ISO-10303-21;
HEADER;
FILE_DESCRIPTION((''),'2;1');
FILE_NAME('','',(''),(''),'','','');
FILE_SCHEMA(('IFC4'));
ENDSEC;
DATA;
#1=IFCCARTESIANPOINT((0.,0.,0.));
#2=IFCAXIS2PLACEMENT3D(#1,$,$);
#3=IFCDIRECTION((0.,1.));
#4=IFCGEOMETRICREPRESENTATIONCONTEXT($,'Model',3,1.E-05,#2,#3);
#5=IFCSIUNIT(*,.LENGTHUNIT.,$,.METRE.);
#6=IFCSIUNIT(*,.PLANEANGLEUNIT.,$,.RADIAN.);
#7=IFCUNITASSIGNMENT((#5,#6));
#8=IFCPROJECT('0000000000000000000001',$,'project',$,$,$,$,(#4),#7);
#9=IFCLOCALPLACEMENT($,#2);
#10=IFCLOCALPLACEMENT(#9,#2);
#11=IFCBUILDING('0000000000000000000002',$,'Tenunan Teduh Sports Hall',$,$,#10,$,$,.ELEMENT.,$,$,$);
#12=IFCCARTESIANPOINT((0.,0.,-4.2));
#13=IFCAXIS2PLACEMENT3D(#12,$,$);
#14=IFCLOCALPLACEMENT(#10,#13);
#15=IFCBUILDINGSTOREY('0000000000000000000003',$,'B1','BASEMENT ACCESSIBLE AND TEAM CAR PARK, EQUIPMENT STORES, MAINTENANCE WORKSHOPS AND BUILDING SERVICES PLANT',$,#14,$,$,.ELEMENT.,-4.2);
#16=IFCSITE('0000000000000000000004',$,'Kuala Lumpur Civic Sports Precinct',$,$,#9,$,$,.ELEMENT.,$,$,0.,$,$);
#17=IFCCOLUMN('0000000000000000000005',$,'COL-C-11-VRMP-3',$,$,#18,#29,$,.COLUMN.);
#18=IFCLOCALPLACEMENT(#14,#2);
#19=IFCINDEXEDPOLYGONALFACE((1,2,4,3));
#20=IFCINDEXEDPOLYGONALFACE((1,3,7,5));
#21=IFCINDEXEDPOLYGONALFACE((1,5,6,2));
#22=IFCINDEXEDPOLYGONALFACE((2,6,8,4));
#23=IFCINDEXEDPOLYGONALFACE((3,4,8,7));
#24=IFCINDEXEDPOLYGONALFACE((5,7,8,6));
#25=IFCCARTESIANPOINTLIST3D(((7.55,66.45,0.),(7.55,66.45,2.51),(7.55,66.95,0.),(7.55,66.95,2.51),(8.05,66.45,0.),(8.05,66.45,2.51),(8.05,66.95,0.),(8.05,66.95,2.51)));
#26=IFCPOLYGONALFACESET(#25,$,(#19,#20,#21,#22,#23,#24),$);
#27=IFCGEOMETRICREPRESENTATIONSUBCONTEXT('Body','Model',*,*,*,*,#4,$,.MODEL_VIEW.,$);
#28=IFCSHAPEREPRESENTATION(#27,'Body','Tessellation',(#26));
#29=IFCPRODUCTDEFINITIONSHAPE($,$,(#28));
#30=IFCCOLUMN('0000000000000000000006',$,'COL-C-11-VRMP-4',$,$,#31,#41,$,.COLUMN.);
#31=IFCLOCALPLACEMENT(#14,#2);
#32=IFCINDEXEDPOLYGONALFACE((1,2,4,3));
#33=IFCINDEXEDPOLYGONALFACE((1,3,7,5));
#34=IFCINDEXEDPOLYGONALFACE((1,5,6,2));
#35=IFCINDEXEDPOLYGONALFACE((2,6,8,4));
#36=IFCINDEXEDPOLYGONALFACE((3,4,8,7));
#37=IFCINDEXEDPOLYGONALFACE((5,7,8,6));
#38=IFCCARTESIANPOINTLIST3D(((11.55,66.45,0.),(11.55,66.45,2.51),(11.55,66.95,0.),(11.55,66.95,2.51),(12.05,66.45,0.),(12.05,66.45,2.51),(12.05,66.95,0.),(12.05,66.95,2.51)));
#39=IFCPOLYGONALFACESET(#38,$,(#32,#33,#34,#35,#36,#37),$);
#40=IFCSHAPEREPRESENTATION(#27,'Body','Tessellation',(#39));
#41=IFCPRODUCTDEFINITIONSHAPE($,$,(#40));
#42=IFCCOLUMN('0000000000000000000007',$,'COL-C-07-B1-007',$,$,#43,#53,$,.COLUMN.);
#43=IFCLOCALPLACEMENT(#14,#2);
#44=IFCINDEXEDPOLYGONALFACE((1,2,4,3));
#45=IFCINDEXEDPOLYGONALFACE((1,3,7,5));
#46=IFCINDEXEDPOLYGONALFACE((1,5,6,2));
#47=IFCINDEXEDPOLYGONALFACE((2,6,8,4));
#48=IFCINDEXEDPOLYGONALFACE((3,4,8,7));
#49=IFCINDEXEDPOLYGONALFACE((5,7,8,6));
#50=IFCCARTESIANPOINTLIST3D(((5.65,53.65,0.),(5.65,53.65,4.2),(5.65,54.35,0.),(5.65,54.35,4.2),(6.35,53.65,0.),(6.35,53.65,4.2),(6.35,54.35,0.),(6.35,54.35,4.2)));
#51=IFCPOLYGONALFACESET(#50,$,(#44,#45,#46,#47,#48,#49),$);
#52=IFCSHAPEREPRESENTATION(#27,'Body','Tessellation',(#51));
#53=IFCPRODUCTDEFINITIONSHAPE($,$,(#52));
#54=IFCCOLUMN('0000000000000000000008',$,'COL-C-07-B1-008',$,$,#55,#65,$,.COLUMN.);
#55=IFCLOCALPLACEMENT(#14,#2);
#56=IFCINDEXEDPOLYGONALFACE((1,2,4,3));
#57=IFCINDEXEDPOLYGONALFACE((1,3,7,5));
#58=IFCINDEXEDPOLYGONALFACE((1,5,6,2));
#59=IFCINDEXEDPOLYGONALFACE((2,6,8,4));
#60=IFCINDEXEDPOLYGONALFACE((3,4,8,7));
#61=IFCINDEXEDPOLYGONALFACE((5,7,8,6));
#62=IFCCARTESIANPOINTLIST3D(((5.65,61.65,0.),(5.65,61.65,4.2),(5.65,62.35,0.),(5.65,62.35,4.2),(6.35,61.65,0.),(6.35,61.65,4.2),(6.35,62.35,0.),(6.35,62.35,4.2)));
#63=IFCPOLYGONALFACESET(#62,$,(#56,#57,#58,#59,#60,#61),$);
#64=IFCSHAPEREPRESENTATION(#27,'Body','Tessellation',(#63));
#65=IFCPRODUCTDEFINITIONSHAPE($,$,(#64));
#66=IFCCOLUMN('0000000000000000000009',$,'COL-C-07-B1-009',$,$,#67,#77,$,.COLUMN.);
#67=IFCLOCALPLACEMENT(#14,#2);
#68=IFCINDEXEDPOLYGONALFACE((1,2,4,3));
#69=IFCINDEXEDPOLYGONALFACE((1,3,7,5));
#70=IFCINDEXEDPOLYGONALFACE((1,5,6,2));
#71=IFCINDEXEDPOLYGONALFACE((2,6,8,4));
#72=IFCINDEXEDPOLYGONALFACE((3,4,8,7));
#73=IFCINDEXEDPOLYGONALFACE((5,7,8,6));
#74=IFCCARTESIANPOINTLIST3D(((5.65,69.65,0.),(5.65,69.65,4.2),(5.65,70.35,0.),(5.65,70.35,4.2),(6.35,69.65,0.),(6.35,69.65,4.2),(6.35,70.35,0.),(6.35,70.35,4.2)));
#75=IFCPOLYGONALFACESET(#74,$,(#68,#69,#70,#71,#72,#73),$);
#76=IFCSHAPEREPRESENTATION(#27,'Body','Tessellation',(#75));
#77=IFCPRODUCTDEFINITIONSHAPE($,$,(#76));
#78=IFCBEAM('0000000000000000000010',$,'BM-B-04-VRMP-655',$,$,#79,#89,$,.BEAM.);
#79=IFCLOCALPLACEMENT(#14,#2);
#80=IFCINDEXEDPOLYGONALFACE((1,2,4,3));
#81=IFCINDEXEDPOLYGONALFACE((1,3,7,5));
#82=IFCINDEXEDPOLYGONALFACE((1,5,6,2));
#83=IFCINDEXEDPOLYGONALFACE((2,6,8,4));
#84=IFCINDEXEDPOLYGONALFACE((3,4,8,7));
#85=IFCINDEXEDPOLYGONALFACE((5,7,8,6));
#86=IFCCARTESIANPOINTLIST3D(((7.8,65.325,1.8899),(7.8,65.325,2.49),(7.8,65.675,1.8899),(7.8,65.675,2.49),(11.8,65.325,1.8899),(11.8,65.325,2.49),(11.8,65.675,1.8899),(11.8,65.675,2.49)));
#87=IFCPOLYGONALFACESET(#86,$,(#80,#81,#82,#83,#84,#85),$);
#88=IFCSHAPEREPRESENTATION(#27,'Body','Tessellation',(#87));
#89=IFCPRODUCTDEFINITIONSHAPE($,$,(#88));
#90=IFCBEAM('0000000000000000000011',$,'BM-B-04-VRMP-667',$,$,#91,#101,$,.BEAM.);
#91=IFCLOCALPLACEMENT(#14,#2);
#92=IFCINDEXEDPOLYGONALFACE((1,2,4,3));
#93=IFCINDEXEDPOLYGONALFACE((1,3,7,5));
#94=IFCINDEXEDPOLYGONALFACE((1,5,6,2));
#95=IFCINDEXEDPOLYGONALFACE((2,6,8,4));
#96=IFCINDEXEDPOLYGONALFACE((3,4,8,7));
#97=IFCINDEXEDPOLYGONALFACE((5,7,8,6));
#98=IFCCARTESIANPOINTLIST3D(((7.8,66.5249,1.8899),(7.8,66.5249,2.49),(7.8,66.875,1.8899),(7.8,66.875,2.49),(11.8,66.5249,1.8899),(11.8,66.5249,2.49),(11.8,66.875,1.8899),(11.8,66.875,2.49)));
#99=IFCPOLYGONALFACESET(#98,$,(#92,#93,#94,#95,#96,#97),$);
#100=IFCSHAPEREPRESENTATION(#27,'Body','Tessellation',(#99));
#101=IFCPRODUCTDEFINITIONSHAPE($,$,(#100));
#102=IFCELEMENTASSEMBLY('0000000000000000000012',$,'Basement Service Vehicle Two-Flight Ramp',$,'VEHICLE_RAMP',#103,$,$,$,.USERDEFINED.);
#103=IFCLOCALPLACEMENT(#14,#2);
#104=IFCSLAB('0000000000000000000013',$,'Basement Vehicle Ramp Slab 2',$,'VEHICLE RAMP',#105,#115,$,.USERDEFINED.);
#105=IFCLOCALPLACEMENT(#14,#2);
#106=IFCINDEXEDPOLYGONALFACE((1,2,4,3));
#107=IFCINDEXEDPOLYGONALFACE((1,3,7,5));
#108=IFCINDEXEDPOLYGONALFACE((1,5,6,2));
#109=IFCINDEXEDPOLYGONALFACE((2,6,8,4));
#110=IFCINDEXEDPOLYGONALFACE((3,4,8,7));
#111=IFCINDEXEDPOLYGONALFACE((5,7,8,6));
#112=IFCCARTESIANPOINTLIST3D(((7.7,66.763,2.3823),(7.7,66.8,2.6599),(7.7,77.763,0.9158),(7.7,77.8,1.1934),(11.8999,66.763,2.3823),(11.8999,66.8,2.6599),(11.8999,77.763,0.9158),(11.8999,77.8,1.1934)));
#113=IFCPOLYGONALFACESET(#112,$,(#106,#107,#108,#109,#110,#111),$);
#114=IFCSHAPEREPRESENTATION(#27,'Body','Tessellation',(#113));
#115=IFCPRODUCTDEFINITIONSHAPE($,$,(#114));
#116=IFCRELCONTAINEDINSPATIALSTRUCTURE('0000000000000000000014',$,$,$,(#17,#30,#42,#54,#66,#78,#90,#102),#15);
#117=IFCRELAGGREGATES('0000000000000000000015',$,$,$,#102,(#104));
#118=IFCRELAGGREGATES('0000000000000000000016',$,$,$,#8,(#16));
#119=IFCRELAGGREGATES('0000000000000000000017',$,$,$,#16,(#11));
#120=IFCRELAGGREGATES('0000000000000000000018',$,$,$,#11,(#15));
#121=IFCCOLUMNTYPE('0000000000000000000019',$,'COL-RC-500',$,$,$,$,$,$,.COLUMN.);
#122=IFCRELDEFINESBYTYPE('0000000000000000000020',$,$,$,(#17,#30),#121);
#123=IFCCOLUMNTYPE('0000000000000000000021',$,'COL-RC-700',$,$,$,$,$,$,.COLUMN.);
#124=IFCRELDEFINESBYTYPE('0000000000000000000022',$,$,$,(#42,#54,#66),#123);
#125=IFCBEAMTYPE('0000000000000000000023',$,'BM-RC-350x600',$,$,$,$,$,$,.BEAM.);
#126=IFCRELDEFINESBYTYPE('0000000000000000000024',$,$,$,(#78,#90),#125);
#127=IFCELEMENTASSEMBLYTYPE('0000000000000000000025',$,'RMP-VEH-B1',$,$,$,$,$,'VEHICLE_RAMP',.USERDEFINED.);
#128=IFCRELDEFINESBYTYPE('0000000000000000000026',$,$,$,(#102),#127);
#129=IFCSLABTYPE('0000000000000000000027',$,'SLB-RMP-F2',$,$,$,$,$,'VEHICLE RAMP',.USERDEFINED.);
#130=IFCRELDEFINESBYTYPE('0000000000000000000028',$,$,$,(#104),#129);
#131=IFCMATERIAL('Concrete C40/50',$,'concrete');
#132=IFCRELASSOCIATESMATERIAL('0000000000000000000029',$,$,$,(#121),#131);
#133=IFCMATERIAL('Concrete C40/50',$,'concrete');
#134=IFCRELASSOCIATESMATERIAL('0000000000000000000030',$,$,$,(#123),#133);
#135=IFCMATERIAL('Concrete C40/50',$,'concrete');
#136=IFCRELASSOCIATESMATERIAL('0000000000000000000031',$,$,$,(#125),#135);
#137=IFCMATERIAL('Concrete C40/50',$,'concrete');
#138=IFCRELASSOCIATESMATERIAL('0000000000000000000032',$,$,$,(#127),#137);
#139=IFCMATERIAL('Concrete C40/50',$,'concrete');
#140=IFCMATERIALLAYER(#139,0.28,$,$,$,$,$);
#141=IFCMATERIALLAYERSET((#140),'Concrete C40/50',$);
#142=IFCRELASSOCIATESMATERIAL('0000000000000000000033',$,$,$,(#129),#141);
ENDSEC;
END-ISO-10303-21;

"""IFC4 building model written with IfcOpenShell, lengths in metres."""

from ifc_helpers import new_model, si_unit, direction, frame, origin, origin_2d, place, context, subcontext, project, spatial, polyline, rectangle, outline, extrude, material, layer, layer_set, material_profile, profile_set, type_object, element, aggregate, save


model = new_model("IFC4")

# Units and contexts
model_context = context("Model", 3, precision=1e-05, world=origin(), true_north=direction((0.0, 1.0)))
body_context = subcontext(model_context, "Body", "Model", "MODEL_VIEW")
ifc_project = project(units=[si_unit("LENGTHUNIT", "METRE"), si_unit("PLANEANGLEUNIT", "RADIAN")], contexts=[model_context])

# Site, building, storey
site_placement = place(None, origin())
site = spatial("IfcSite", under=ifc_project, at=site_placement, Name="Kuala Lumpur Civic Sports Precinct", CompositionType="ELEMENT", RefElevation=0.0)
building_placement = place(site_placement, origin())
building = spatial("IfcBuilding", under=site, at=building_placement, Name="Tenunan Teduh Sports Hall", CompositionType="ELEMENT")
storey_placement = place(building_placement, frame((0.0, 0.0, -4.2)))
storey = spatial("IfcBuildingStorey", under=building, at=storey_placement, Name="B1", Description="BASEMENT ACCESSIBLE AND TEAM CAR PARK, EQUIPMENT STORES, MAINTENANCE WORKSHOPS AND BUILDING SERVICES PLANT", CompositionType="ELEMENT", Elevation=-4.2)

# Columns
ifc_material_1 = material(Name="Concrete C40/50", Category="concrete")
ifc_material_profile_1 = material_profile(ifc_material_1, rectangle(XDim=0.5, YDim=0.5, at=origin_2d()), Name="RC 500x500")
ifc_profile_set_1 = profile_set([ifc_material_profile_1], Name="Concrete C40/50")
column_type_1 = type_object("IfcColumnType", Name="COL-RC-500", PredefinedType="COLUMN", material=ifc_profile_set_1)
for number, where, z_axis, x_axis, name in (
    (1, (7.8, 66.7, 0.0), (0.0, 0.0, 1.0), (1.0, 0.0, 0.0), "COL-C-11-VRMP-3"),
    (2, (11.8, 66.7, 0.0), (0.0, 0.0, 1.0), (1.0, 0.0, 0.0), "COL-C-11-VRMP-4"),
):
    element("IfcColumn", number, at=place(storey_placement, frame(where, z_axis=z_axis, x_axis=x_axis)), inside=storey, type_object=column_type_1, Name=name, PredefinedType="COLUMN", context=body_context, shape_type="SweptSolid", body=[
        extrude(rectangle(XDim=0.5, YDim=0.5, at=origin_2d()), origin(), (0.0, 0.0, 1.0), 2.51),
    ])
ifc_material_2 = material(Name="Concrete C40/50", Category="concrete")
ifc_material_profile_2 = material_profile(ifc_material_2, rectangle(XDim=0.7, YDim=0.7, at=origin_2d()), Name="RC 700x700")
ifc_profile_set_2 = profile_set([ifc_material_profile_2], Name="Concrete C40/50")
column_type_2 = type_object("IfcColumnType", Name="COL-RC-700", PredefinedType="COLUMN", material=ifc_profile_set_2)
for number, where, z_axis, x_axis, name in (
    (3, (6.0, 54.0, 0.0), (0.0, 0.0, 1.0), (1.0, 0.0, 0.0), "COL-C-07-B1-007"),
    (4, (6.0, 62.0, 0.0), (0.0, 0.0, 1.0), (1.0, 0.0, 0.0), "COL-C-07-B1-008"),
    (5, (6.0, 70.0, 0.0), (0.0, 0.0, 1.0), (1.0, 0.0, 0.0), "COL-C-07-B1-009"),
):
    element("IfcColumn", number, at=place(storey_placement, frame(where, z_axis=z_axis, x_axis=x_axis)), inside=storey, type_object=column_type_2, Name=name, PredefinedType="COLUMN", context=body_context, shape_type="SweptSolid", body=[
        extrude(rectangle(XDim=0.7, YDim=0.7, at=origin_2d()), origin(), (0.0, 0.0, 1.0), 4.2),
    ])

# Beams
ifc_material_3 = material(Name="Concrete C40/50", Category="concrete")
ifc_material_profile_3 = material_profile(ifc_material_3, rectangle(XDim=0.3501, YDim=0.6001, at=origin_2d()), Name="RCB 350x600")
ifc_profile_set_3 = profile_set([ifc_material_profile_3], Name="Concrete C40/50")
beam_type = type_object("IfcBeamType", Name="BM-RC-350x600", PredefinedType="BEAM", material=ifc_profile_set_3)
for number, where, z_axis, x_axis, name in (
    (6, (7.8, 65.5, 2.1899), (1.0, 0.0, 0.0), (0.0, 1.0, 0.0), "BM-B-04-VRMP-655"),
    (7, (7.8, 66.7, 2.1899), (1.0, 0.0, 0.0), (0.0, 1.0, 0.0), "BM-B-04-VRMP-667"),
):
    element("IfcBeam", number, at=place(storey_placement, frame(where, z_axis=z_axis, x_axis=x_axis)), inside=storey, type_object=beam_type, Name=name, PredefinedType="BEAM", context=body_context, shape_type="SweptSolid", body=[
        extrude(rectangle(XDim=0.3501, YDim=0.6001, at=origin_2d()), origin(), (0.0, 0.0, 1.0), 4.0),
    ])

# Element assembly, slab
ifc_material_4 = material(Name="Concrete C40/50", Category="concrete")
element_assembly_type = type_object("IfcElementAssemblyType", Name="RMP-VEH-B1", ElementType="VEHICLE_RAMP", PredefinedType="USERDEFINED", material=ifc_material_4)
assembly_placement = place(storey_placement, origin())
assembly = element("IfcElementAssembly", 8, at=assembly_placement, inside=storey, type_object=element_assembly_type, Name="Basement Service Vehicle Two-Flight Ramp", ObjectType="VEHICLE_RAMP", PredefinedType="USERDEFINED")
ifc_material_5 = material(Name="Concrete C40/50", Category="concrete")
ifc_layer_1 = layer(ifc_material_5, 0.28)
ifc_layer_set_1 = layer_set([ifc_layer_1], Name="Concrete C40/50")
slab_type = type_object("IfcSlabType", Name="SLB-RMP-F2", ElementType="VEHICLE RAMP", PredefinedType="USERDEFINED", material=ifc_layer_set_1)
slab_placement = place(storey_placement, frame((7.7, 66.8, 2.6599), z_axis=(0.0, 0.132154, 0.991229), x_axis=(1.0, 0.0, 0.0)))
slab = element("IfcSlab", 9, at=slab_placement, type_object=slab_type, Name="Basement Vehicle Ramp Slab 2", ObjectType="VEHICLE RAMP", PredefinedType="USERDEFINED", context=body_context, shape_type="SweptSolid", body=[
    extrude(outline(polyline([(0.0, 0.0), (4.2, 0.0), (4.2, 11.0973), (0.0, 11.0973), (0.0, 0.0)])), origin(), (0.0, 0.0, -1.0), 0.28),
])
aggregate(assembly, [slab])

save(model, "model.ifc")
